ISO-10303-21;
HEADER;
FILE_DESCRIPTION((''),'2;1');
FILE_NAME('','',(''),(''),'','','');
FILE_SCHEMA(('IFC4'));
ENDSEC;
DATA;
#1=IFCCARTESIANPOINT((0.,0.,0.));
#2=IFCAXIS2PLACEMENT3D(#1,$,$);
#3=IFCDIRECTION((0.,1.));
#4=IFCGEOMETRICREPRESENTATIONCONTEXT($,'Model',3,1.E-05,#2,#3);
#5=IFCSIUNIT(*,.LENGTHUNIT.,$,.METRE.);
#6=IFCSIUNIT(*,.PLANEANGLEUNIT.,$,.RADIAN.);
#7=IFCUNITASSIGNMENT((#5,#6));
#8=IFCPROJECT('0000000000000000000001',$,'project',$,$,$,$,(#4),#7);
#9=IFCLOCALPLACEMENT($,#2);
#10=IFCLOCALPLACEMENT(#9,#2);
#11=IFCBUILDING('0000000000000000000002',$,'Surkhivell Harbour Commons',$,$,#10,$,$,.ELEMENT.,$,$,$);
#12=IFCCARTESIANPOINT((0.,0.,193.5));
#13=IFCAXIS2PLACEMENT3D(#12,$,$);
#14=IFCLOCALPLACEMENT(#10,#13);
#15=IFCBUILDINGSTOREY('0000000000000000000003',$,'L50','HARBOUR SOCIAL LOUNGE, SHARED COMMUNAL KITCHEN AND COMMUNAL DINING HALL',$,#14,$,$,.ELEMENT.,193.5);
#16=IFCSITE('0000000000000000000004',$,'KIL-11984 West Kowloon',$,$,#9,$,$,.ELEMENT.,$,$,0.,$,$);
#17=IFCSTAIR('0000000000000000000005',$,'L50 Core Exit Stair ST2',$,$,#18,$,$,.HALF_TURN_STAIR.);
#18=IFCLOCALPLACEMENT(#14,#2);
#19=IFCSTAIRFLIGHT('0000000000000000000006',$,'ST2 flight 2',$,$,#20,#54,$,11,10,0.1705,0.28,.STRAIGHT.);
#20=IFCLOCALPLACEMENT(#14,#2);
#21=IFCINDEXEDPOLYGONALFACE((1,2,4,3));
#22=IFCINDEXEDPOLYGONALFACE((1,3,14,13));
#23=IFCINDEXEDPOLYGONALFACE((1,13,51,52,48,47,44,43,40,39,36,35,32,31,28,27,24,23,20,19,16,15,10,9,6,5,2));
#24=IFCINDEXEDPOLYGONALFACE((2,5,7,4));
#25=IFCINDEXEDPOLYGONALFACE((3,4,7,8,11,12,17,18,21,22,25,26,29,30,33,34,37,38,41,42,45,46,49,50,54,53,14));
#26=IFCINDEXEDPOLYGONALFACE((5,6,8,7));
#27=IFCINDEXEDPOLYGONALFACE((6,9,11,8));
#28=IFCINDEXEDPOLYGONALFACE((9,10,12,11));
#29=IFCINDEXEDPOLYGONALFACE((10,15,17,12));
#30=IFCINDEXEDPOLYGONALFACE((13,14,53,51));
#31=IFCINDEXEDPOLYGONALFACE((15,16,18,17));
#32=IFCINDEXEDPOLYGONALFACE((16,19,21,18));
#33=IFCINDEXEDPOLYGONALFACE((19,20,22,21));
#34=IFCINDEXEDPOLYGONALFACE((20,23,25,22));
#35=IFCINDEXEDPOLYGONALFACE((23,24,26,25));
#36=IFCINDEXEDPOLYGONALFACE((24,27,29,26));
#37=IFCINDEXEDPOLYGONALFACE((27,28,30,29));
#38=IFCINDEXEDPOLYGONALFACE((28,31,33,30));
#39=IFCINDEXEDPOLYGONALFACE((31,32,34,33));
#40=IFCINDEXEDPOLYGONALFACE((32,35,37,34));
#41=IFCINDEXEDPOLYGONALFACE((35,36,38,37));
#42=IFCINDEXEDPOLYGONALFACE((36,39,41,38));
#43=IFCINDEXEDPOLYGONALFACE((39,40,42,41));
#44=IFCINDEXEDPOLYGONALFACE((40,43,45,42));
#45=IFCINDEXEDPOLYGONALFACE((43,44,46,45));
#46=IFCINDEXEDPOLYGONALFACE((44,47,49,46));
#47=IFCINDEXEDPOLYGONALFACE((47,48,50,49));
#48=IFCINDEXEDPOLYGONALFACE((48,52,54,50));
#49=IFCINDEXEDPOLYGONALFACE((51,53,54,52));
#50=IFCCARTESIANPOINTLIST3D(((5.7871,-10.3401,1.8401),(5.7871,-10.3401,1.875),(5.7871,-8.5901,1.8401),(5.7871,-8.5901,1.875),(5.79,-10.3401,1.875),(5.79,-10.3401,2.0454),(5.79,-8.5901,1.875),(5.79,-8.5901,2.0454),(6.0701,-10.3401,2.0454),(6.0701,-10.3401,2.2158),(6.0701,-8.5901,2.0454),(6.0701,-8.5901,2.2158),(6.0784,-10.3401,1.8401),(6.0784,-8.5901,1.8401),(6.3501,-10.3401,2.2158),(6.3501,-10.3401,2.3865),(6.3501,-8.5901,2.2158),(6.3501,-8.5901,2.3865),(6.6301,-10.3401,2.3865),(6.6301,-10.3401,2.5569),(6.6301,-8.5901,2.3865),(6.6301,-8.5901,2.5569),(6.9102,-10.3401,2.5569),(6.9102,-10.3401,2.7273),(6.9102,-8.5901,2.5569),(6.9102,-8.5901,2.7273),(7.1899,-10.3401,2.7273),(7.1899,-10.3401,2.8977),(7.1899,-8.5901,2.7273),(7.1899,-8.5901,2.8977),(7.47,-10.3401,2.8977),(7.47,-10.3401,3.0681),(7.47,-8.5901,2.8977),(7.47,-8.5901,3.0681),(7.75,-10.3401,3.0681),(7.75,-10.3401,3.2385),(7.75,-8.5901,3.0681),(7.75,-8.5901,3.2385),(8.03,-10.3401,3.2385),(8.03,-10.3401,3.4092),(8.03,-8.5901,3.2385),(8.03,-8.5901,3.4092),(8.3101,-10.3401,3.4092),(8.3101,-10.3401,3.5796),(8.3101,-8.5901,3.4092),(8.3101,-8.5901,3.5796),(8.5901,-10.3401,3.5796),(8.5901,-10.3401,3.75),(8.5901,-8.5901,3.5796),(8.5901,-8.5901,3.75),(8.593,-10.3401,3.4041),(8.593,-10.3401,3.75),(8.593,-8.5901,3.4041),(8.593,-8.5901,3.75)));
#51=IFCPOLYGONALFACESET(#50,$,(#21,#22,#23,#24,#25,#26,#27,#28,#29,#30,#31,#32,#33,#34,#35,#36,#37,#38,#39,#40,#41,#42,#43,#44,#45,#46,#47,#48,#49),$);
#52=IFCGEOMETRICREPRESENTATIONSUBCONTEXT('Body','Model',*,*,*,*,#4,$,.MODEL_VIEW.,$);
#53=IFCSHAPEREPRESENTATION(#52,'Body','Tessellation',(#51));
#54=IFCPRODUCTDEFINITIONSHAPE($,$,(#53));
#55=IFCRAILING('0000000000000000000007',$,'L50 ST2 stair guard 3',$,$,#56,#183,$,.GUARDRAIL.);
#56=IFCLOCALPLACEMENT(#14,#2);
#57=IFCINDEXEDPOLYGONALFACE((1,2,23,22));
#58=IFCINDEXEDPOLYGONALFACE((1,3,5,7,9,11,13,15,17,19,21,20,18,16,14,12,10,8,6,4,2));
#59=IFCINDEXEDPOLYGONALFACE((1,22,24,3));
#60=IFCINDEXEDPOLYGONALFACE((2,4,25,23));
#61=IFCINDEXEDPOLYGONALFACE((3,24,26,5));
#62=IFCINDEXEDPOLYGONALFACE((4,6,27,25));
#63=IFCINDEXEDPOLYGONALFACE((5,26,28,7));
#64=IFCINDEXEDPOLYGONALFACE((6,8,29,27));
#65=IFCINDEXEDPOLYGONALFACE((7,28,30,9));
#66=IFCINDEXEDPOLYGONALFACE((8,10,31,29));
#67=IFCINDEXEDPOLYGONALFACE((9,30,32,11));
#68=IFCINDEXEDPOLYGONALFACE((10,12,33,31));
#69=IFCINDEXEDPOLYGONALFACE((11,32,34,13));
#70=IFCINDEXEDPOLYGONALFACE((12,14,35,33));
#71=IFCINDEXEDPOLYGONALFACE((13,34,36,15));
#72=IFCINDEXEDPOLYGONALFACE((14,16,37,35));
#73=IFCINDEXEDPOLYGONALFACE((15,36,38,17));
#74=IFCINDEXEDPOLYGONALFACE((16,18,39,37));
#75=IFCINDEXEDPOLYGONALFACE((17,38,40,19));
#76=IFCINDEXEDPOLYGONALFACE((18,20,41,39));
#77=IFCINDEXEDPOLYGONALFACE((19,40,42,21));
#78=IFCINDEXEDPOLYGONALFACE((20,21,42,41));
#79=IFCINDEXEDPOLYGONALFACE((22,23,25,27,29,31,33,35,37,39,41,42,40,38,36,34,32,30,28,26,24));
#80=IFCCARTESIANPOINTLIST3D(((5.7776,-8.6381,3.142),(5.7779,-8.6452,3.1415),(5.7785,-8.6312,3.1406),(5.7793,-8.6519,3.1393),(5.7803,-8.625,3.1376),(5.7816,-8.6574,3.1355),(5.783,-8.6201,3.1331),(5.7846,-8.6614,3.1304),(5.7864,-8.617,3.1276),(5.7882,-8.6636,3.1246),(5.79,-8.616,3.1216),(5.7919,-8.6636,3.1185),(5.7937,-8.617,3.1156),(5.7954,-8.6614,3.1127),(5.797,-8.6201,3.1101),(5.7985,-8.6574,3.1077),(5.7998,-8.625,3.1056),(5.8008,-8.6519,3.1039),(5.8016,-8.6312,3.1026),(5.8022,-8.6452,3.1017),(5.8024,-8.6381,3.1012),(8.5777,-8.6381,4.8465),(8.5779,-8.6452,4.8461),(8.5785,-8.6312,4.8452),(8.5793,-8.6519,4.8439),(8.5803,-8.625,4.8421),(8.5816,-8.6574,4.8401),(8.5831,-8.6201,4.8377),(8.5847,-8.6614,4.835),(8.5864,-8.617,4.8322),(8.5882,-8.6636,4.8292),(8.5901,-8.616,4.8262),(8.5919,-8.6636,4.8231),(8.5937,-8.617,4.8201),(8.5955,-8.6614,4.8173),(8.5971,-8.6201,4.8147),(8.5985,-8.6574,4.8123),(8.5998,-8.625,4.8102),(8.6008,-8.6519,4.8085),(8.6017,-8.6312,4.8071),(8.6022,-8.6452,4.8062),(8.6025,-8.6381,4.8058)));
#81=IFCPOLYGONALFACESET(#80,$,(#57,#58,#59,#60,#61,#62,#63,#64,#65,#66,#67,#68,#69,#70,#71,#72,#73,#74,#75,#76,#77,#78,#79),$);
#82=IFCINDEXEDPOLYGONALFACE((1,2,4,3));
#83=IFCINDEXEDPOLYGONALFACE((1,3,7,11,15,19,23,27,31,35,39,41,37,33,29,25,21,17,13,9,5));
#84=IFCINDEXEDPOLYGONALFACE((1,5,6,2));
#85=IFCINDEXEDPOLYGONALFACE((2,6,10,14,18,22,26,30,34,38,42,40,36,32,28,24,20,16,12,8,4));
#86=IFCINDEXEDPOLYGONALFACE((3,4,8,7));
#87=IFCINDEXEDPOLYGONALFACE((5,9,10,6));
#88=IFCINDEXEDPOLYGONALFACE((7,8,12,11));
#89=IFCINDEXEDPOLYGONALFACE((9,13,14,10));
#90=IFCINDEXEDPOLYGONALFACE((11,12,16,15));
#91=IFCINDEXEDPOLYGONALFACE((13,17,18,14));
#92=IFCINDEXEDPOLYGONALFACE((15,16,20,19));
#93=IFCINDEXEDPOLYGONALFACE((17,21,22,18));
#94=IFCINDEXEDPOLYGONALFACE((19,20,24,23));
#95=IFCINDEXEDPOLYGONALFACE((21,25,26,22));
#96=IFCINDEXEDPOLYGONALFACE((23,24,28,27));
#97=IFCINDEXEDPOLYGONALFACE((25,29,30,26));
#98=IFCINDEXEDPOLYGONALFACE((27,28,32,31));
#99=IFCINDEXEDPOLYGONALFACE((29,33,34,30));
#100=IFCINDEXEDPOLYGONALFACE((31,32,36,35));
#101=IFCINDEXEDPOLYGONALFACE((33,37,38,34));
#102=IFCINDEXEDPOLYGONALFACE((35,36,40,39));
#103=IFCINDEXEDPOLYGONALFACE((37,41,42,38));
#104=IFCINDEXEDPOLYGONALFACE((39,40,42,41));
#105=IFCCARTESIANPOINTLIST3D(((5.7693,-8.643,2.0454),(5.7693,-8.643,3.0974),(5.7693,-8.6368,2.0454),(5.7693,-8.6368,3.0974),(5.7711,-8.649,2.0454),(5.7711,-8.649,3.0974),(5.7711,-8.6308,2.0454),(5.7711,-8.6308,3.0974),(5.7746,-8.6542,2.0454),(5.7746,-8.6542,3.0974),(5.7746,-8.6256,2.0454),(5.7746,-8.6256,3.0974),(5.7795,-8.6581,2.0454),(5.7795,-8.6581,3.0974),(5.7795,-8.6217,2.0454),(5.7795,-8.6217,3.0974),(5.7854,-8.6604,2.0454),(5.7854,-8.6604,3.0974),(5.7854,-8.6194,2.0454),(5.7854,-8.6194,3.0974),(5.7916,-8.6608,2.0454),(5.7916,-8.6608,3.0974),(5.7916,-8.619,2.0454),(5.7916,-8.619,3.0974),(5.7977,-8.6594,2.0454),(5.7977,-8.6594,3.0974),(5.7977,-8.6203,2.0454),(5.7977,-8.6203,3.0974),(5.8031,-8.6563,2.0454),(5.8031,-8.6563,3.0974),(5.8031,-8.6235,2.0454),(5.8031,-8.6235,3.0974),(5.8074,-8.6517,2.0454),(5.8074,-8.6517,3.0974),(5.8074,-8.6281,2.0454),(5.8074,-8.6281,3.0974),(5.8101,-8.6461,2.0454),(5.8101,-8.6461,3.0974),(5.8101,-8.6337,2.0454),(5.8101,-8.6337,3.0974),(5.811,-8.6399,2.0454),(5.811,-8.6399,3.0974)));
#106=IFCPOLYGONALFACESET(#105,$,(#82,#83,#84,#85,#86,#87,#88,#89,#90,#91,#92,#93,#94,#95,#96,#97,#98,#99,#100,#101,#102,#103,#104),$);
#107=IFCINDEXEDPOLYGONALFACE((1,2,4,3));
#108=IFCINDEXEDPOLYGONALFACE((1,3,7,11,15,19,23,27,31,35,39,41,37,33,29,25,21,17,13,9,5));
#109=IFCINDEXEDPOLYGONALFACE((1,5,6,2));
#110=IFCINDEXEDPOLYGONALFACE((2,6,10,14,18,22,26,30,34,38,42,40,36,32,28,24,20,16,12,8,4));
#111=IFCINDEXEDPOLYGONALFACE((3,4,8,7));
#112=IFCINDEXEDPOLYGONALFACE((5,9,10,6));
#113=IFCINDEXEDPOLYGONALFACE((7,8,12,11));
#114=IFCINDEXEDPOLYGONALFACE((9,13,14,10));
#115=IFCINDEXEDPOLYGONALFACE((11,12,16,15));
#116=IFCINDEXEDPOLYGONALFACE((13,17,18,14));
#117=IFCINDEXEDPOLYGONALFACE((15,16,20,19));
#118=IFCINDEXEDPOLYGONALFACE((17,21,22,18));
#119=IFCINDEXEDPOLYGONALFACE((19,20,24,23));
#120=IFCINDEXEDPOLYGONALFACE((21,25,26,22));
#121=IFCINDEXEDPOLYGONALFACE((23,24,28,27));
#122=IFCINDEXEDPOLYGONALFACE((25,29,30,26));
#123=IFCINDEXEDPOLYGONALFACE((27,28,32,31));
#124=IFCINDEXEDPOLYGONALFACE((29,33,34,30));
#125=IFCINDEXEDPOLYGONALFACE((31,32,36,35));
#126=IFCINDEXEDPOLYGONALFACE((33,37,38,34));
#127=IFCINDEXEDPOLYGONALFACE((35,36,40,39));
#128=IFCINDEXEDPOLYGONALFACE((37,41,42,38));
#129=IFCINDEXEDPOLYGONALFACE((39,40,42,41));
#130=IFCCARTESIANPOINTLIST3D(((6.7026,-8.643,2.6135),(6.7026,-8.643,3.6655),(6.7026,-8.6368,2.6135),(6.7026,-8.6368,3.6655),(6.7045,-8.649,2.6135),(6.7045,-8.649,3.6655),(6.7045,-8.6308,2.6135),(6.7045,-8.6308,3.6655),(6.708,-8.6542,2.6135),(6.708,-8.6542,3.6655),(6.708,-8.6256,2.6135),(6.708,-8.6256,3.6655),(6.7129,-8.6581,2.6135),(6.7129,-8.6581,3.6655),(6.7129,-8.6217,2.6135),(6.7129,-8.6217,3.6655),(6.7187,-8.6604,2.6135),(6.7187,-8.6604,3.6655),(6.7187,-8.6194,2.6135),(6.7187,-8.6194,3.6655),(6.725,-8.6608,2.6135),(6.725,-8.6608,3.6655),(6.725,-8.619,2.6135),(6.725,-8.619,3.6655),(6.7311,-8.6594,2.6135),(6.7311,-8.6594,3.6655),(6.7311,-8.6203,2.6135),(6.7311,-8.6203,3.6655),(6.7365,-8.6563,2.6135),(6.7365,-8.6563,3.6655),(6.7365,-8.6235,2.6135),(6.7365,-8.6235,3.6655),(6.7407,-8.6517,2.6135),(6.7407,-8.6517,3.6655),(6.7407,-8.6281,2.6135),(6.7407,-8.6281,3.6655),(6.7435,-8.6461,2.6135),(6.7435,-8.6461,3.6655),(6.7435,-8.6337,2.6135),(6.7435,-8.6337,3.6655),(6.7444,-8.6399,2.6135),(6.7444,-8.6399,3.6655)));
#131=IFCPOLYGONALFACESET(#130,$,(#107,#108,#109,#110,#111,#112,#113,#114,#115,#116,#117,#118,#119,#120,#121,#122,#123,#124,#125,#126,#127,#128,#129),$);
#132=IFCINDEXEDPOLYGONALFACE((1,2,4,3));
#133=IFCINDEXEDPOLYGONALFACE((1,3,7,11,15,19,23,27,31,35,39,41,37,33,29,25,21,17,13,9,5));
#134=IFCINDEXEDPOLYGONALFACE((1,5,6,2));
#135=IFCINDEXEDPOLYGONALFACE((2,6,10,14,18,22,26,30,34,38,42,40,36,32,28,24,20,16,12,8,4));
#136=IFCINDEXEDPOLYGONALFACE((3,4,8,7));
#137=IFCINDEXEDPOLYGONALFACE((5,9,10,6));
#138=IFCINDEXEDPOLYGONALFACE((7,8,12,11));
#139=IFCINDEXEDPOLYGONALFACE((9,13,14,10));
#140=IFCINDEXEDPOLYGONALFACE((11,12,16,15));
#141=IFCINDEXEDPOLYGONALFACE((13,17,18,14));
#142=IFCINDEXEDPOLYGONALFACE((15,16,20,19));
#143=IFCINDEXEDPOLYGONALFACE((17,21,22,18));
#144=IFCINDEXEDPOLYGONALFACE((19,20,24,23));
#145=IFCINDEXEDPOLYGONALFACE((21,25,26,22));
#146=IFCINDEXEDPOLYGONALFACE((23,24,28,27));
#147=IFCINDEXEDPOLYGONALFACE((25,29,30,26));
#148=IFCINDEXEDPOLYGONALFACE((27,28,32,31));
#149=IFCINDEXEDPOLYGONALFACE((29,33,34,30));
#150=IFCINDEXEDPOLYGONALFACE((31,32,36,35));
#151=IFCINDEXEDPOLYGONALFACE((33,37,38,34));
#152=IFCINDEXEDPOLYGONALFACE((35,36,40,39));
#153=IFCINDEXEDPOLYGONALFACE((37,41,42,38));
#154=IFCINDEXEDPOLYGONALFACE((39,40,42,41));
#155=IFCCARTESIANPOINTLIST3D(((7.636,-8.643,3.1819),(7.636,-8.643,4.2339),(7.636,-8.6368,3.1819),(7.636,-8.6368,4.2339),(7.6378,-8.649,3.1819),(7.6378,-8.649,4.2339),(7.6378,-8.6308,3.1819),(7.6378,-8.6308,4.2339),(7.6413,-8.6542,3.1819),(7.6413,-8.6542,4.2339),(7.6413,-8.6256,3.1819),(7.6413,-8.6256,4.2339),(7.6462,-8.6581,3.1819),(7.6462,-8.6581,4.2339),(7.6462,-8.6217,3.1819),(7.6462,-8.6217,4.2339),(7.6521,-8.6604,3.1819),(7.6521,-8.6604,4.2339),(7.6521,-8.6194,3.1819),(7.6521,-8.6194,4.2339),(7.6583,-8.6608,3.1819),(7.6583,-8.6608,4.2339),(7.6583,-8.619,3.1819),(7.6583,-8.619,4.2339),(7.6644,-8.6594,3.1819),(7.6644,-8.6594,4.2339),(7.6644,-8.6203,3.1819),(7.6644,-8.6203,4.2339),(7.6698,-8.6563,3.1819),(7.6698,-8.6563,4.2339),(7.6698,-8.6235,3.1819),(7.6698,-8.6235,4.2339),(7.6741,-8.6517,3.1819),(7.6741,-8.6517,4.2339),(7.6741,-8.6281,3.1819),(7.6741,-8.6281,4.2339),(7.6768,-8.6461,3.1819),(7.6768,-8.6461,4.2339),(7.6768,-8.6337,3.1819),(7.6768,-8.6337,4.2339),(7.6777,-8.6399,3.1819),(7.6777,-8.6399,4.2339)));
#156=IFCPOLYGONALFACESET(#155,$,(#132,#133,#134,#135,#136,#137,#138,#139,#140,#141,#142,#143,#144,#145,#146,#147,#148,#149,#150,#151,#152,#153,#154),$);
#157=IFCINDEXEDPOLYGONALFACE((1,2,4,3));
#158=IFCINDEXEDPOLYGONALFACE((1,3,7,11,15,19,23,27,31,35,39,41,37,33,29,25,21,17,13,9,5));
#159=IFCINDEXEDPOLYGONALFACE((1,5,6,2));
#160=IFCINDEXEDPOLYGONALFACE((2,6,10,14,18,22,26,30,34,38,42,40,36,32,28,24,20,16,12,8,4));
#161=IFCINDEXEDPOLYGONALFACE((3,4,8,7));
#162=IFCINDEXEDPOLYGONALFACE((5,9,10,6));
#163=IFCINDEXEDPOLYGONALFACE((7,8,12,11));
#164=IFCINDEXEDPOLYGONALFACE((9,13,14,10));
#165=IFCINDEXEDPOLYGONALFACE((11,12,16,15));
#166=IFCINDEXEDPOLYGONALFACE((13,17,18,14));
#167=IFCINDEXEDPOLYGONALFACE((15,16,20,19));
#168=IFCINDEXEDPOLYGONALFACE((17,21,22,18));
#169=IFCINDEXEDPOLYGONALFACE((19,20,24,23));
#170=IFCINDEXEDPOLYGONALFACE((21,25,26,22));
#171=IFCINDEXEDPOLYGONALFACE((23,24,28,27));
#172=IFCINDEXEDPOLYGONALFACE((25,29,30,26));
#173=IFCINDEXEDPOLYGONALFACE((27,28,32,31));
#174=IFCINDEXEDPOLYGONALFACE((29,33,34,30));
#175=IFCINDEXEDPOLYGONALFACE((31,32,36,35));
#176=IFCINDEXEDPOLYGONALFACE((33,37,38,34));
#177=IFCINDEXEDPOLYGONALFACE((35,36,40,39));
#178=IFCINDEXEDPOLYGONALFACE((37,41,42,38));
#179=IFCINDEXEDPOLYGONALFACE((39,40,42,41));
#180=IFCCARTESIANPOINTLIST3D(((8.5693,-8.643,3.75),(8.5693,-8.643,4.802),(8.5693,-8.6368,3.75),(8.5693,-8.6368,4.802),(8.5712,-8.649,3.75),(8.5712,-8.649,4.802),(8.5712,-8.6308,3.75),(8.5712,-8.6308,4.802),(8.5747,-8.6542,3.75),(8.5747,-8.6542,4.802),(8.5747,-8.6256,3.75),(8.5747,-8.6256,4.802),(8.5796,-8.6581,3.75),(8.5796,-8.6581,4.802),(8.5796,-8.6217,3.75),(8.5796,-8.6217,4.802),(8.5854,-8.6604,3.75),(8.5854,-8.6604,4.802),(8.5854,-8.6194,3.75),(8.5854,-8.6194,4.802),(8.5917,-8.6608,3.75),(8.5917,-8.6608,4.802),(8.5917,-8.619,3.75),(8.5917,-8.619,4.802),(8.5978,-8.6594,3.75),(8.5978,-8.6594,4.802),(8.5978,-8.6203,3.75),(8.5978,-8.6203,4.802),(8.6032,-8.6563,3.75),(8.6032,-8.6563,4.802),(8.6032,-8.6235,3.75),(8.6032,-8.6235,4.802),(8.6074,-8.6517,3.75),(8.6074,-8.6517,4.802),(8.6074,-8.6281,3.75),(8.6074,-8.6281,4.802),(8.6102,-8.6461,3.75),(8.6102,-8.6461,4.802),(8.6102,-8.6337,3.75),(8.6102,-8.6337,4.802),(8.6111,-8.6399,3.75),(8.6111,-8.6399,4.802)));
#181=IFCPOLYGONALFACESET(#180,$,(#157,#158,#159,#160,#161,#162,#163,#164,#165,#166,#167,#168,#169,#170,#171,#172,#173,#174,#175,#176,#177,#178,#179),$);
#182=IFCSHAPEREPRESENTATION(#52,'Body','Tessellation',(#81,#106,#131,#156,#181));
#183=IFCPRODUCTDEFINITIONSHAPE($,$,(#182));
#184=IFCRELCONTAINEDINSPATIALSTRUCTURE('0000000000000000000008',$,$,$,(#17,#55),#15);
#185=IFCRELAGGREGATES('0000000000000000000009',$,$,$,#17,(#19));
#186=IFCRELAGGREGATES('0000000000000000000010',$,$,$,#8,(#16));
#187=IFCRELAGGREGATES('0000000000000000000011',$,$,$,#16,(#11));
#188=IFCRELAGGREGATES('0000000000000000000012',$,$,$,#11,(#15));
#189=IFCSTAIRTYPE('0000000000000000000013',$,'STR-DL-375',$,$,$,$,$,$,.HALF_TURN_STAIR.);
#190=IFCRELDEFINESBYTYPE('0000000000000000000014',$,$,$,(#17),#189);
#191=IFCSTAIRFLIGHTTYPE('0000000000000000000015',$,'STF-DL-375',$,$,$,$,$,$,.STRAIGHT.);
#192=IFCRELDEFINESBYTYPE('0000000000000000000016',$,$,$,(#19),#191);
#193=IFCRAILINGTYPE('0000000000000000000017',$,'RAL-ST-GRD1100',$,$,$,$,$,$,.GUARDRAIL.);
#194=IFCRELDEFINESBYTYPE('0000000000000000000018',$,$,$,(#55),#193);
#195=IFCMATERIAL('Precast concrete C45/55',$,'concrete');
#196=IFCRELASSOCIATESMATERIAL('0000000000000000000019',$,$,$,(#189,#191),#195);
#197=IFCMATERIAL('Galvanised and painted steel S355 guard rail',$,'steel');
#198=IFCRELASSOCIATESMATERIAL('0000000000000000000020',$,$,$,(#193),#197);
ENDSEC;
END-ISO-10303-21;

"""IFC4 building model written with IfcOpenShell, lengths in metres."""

from ifc_helpers import new_model, si_unit, direction, frame, origin, origin_2d, place, context, subcontext, project, spatial, polyline, circle, outline, extrude, material, type_object, element, aggregate, save


model = new_model("IFC4")

# Units and contexts
model_context = context("Model", 3, precision=1e-05, world=origin(), true_north=direction((0.0, 1.0)))
body_context = subcontext(model_context, "Body", "Model", "MODEL_VIEW")
ifc_project = project(units=[si_unit("LENGTHUNIT", "METRE"), si_unit("PLANEANGLEUNIT", "RADIAN")], contexts=[model_context])

# Site, building, storey
site_placement = place(None, origin())
site = spatial("IfcSite", under=ifc_project, at=site_placement, Name="KIL-11984 West Kowloon", CompositionType="ELEMENT", RefElevation=0.0)
building_placement = place(site_placement, origin())
building = spatial("IfcBuilding", under=site, at=building_placement, Name="Surkhivell Harbour Commons", CompositionType="ELEMENT")
storey_placement = place(building_placement, frame((0.0, 0.0, 193.5)))
storey = spatial("IfcBuildingStorey", under=building, at=storey_placement, Name="L50", Description="HARBOUR SOCIAL LOUNGE, SHARED COMMUNAL KITCHEN AND COMMUNAL DINING HALL", CompositionType="ELEMENT", Elevation=193.5)

# Stair, stair flight
ifc_material_1 = material(Name="Precast concrete C45/55", Category="concrete")
stair_type = type_object("IfcStairType", Name="STR-DL-375", PredefinedType="HALF_TURN_STAIR", material=ifc_material_1)
stair_placement = place(storey_placement, origin())
stair = element("IfcStair", 1, at=stair_placement, inside=storey, type_object=stair_type, Name="L50 Core Exit Stair ST2", PredefinedType="HALF_TURN_STAIR")
stair_flight_type = type_object("IfcStairFlightType", Name="STF-DL-375", PredefinedType="STRAIGHT", material=ifc_material_1)
stair_flight_placement = place(storey_placement, frame((5.79, -9.4651, 1.875), z_axis=(0.0, 0.0, 1.0), x_axis=(1.0, 0.0, 0.0)))
stair_flight = element("IfcStairFlight", 2, at=stair_flight_placement, type_object=stair_flight_type, Name="ST2 flight 2", NumberOfRisers=11, NumberOfTreads=10, PredefinedType="STRAIGHT", RiserHeight=0.1705, TreadLength=0.28, context=body_context, shape_type="SweptSolid", body=[
    extrude(outline(polyline([(-0.0029, -0.0349), (-0.0029, 0.0), (0.0, 0.0), (0.0, 0.1704), (0.28, 0.1704), (0.28, 0.3408), (0.5601, 0.3408), (0.5601, 0.5115), (0.8401, 0.5115), (0.8401, 0.6819), (1.1201, 0.6819), (1.1201, 0.8523), (1.3999, 0.8523), (1.3999, 1.0227), (1.6799, 1.0227), (1.6799, 1.1931), (1.96, 1.1931), (1.96, 1.3635), (2.24, 1.3635), (2.24, 1.5342), (2.52, 1.5342), (2.52, 1.7046), (2.8, 1.7046), (2.8, 1.875), (2.803, 1.875), (2.803, 1.5291), (0.2883, -0.0349), (-0.0029, -0.0349)])), frame((0.0, 0.875, 0.0), z_axis=(0.0, -1.0, 0.0), x_axis=(1.0, 0.0, 0.0)), (0.0, 0.0, 1.0), 1.75),
])
aggregate(stair, [stair_flight])

# Railing
ifc_material_2 = material(Name="Galvanised and painted steel S355 guard rail", Category="steel")
railing_type_1 = type_object("IfcRailingType", Name="RAL-ST-GRD1100", PredefinedType="GUARDRAIL", material=ifc_material_2)
railing_1_placement = place(storey_placement, frame((5.79, -8.6399, 2.0454)))
element("IfcRailing", 3, at=railing_1_placement, inside=storey, type_object=railing_type_1, Name="L50 ST2 stair guard 3", PredefinedType="GUARDRAIL", context=body_context, shape_type="SweptSolid", body=[
    extrude(circle(Radius=0.0239, at=origin_2d()), frame((0.0, 0.0, 1.0762), z_axis=(0.85417, 0.0, 0.519994), x_axis=(0.0, 1.0, 0.0)), (0.0, 0.0, 1.0), 3.2781),
    extrude(circle(Radius=0.021, at=origin_2d()), origin(), (0.0, 0.0, 1.0), 1.052),
    extrude(circle(Radius=0.021, at=origin_2d()), frame((0.9333, 0.0, 0.5681)), (0.0, 0.0, 1.0), 1.052),
    extrude(circle(Radius=0.021, at=origin_2d()), frame((1.8667, 0.0, 1.1365)), (0.0, 0.0, 1.0), 1.052),
    extrude(circle(Radius=0.021, at=origin_2d()), frame((2.8, 0.0, 1.7046)), (0.0, 0.0, 1.0), 1.052),
])

save(model, "model.ifc")
